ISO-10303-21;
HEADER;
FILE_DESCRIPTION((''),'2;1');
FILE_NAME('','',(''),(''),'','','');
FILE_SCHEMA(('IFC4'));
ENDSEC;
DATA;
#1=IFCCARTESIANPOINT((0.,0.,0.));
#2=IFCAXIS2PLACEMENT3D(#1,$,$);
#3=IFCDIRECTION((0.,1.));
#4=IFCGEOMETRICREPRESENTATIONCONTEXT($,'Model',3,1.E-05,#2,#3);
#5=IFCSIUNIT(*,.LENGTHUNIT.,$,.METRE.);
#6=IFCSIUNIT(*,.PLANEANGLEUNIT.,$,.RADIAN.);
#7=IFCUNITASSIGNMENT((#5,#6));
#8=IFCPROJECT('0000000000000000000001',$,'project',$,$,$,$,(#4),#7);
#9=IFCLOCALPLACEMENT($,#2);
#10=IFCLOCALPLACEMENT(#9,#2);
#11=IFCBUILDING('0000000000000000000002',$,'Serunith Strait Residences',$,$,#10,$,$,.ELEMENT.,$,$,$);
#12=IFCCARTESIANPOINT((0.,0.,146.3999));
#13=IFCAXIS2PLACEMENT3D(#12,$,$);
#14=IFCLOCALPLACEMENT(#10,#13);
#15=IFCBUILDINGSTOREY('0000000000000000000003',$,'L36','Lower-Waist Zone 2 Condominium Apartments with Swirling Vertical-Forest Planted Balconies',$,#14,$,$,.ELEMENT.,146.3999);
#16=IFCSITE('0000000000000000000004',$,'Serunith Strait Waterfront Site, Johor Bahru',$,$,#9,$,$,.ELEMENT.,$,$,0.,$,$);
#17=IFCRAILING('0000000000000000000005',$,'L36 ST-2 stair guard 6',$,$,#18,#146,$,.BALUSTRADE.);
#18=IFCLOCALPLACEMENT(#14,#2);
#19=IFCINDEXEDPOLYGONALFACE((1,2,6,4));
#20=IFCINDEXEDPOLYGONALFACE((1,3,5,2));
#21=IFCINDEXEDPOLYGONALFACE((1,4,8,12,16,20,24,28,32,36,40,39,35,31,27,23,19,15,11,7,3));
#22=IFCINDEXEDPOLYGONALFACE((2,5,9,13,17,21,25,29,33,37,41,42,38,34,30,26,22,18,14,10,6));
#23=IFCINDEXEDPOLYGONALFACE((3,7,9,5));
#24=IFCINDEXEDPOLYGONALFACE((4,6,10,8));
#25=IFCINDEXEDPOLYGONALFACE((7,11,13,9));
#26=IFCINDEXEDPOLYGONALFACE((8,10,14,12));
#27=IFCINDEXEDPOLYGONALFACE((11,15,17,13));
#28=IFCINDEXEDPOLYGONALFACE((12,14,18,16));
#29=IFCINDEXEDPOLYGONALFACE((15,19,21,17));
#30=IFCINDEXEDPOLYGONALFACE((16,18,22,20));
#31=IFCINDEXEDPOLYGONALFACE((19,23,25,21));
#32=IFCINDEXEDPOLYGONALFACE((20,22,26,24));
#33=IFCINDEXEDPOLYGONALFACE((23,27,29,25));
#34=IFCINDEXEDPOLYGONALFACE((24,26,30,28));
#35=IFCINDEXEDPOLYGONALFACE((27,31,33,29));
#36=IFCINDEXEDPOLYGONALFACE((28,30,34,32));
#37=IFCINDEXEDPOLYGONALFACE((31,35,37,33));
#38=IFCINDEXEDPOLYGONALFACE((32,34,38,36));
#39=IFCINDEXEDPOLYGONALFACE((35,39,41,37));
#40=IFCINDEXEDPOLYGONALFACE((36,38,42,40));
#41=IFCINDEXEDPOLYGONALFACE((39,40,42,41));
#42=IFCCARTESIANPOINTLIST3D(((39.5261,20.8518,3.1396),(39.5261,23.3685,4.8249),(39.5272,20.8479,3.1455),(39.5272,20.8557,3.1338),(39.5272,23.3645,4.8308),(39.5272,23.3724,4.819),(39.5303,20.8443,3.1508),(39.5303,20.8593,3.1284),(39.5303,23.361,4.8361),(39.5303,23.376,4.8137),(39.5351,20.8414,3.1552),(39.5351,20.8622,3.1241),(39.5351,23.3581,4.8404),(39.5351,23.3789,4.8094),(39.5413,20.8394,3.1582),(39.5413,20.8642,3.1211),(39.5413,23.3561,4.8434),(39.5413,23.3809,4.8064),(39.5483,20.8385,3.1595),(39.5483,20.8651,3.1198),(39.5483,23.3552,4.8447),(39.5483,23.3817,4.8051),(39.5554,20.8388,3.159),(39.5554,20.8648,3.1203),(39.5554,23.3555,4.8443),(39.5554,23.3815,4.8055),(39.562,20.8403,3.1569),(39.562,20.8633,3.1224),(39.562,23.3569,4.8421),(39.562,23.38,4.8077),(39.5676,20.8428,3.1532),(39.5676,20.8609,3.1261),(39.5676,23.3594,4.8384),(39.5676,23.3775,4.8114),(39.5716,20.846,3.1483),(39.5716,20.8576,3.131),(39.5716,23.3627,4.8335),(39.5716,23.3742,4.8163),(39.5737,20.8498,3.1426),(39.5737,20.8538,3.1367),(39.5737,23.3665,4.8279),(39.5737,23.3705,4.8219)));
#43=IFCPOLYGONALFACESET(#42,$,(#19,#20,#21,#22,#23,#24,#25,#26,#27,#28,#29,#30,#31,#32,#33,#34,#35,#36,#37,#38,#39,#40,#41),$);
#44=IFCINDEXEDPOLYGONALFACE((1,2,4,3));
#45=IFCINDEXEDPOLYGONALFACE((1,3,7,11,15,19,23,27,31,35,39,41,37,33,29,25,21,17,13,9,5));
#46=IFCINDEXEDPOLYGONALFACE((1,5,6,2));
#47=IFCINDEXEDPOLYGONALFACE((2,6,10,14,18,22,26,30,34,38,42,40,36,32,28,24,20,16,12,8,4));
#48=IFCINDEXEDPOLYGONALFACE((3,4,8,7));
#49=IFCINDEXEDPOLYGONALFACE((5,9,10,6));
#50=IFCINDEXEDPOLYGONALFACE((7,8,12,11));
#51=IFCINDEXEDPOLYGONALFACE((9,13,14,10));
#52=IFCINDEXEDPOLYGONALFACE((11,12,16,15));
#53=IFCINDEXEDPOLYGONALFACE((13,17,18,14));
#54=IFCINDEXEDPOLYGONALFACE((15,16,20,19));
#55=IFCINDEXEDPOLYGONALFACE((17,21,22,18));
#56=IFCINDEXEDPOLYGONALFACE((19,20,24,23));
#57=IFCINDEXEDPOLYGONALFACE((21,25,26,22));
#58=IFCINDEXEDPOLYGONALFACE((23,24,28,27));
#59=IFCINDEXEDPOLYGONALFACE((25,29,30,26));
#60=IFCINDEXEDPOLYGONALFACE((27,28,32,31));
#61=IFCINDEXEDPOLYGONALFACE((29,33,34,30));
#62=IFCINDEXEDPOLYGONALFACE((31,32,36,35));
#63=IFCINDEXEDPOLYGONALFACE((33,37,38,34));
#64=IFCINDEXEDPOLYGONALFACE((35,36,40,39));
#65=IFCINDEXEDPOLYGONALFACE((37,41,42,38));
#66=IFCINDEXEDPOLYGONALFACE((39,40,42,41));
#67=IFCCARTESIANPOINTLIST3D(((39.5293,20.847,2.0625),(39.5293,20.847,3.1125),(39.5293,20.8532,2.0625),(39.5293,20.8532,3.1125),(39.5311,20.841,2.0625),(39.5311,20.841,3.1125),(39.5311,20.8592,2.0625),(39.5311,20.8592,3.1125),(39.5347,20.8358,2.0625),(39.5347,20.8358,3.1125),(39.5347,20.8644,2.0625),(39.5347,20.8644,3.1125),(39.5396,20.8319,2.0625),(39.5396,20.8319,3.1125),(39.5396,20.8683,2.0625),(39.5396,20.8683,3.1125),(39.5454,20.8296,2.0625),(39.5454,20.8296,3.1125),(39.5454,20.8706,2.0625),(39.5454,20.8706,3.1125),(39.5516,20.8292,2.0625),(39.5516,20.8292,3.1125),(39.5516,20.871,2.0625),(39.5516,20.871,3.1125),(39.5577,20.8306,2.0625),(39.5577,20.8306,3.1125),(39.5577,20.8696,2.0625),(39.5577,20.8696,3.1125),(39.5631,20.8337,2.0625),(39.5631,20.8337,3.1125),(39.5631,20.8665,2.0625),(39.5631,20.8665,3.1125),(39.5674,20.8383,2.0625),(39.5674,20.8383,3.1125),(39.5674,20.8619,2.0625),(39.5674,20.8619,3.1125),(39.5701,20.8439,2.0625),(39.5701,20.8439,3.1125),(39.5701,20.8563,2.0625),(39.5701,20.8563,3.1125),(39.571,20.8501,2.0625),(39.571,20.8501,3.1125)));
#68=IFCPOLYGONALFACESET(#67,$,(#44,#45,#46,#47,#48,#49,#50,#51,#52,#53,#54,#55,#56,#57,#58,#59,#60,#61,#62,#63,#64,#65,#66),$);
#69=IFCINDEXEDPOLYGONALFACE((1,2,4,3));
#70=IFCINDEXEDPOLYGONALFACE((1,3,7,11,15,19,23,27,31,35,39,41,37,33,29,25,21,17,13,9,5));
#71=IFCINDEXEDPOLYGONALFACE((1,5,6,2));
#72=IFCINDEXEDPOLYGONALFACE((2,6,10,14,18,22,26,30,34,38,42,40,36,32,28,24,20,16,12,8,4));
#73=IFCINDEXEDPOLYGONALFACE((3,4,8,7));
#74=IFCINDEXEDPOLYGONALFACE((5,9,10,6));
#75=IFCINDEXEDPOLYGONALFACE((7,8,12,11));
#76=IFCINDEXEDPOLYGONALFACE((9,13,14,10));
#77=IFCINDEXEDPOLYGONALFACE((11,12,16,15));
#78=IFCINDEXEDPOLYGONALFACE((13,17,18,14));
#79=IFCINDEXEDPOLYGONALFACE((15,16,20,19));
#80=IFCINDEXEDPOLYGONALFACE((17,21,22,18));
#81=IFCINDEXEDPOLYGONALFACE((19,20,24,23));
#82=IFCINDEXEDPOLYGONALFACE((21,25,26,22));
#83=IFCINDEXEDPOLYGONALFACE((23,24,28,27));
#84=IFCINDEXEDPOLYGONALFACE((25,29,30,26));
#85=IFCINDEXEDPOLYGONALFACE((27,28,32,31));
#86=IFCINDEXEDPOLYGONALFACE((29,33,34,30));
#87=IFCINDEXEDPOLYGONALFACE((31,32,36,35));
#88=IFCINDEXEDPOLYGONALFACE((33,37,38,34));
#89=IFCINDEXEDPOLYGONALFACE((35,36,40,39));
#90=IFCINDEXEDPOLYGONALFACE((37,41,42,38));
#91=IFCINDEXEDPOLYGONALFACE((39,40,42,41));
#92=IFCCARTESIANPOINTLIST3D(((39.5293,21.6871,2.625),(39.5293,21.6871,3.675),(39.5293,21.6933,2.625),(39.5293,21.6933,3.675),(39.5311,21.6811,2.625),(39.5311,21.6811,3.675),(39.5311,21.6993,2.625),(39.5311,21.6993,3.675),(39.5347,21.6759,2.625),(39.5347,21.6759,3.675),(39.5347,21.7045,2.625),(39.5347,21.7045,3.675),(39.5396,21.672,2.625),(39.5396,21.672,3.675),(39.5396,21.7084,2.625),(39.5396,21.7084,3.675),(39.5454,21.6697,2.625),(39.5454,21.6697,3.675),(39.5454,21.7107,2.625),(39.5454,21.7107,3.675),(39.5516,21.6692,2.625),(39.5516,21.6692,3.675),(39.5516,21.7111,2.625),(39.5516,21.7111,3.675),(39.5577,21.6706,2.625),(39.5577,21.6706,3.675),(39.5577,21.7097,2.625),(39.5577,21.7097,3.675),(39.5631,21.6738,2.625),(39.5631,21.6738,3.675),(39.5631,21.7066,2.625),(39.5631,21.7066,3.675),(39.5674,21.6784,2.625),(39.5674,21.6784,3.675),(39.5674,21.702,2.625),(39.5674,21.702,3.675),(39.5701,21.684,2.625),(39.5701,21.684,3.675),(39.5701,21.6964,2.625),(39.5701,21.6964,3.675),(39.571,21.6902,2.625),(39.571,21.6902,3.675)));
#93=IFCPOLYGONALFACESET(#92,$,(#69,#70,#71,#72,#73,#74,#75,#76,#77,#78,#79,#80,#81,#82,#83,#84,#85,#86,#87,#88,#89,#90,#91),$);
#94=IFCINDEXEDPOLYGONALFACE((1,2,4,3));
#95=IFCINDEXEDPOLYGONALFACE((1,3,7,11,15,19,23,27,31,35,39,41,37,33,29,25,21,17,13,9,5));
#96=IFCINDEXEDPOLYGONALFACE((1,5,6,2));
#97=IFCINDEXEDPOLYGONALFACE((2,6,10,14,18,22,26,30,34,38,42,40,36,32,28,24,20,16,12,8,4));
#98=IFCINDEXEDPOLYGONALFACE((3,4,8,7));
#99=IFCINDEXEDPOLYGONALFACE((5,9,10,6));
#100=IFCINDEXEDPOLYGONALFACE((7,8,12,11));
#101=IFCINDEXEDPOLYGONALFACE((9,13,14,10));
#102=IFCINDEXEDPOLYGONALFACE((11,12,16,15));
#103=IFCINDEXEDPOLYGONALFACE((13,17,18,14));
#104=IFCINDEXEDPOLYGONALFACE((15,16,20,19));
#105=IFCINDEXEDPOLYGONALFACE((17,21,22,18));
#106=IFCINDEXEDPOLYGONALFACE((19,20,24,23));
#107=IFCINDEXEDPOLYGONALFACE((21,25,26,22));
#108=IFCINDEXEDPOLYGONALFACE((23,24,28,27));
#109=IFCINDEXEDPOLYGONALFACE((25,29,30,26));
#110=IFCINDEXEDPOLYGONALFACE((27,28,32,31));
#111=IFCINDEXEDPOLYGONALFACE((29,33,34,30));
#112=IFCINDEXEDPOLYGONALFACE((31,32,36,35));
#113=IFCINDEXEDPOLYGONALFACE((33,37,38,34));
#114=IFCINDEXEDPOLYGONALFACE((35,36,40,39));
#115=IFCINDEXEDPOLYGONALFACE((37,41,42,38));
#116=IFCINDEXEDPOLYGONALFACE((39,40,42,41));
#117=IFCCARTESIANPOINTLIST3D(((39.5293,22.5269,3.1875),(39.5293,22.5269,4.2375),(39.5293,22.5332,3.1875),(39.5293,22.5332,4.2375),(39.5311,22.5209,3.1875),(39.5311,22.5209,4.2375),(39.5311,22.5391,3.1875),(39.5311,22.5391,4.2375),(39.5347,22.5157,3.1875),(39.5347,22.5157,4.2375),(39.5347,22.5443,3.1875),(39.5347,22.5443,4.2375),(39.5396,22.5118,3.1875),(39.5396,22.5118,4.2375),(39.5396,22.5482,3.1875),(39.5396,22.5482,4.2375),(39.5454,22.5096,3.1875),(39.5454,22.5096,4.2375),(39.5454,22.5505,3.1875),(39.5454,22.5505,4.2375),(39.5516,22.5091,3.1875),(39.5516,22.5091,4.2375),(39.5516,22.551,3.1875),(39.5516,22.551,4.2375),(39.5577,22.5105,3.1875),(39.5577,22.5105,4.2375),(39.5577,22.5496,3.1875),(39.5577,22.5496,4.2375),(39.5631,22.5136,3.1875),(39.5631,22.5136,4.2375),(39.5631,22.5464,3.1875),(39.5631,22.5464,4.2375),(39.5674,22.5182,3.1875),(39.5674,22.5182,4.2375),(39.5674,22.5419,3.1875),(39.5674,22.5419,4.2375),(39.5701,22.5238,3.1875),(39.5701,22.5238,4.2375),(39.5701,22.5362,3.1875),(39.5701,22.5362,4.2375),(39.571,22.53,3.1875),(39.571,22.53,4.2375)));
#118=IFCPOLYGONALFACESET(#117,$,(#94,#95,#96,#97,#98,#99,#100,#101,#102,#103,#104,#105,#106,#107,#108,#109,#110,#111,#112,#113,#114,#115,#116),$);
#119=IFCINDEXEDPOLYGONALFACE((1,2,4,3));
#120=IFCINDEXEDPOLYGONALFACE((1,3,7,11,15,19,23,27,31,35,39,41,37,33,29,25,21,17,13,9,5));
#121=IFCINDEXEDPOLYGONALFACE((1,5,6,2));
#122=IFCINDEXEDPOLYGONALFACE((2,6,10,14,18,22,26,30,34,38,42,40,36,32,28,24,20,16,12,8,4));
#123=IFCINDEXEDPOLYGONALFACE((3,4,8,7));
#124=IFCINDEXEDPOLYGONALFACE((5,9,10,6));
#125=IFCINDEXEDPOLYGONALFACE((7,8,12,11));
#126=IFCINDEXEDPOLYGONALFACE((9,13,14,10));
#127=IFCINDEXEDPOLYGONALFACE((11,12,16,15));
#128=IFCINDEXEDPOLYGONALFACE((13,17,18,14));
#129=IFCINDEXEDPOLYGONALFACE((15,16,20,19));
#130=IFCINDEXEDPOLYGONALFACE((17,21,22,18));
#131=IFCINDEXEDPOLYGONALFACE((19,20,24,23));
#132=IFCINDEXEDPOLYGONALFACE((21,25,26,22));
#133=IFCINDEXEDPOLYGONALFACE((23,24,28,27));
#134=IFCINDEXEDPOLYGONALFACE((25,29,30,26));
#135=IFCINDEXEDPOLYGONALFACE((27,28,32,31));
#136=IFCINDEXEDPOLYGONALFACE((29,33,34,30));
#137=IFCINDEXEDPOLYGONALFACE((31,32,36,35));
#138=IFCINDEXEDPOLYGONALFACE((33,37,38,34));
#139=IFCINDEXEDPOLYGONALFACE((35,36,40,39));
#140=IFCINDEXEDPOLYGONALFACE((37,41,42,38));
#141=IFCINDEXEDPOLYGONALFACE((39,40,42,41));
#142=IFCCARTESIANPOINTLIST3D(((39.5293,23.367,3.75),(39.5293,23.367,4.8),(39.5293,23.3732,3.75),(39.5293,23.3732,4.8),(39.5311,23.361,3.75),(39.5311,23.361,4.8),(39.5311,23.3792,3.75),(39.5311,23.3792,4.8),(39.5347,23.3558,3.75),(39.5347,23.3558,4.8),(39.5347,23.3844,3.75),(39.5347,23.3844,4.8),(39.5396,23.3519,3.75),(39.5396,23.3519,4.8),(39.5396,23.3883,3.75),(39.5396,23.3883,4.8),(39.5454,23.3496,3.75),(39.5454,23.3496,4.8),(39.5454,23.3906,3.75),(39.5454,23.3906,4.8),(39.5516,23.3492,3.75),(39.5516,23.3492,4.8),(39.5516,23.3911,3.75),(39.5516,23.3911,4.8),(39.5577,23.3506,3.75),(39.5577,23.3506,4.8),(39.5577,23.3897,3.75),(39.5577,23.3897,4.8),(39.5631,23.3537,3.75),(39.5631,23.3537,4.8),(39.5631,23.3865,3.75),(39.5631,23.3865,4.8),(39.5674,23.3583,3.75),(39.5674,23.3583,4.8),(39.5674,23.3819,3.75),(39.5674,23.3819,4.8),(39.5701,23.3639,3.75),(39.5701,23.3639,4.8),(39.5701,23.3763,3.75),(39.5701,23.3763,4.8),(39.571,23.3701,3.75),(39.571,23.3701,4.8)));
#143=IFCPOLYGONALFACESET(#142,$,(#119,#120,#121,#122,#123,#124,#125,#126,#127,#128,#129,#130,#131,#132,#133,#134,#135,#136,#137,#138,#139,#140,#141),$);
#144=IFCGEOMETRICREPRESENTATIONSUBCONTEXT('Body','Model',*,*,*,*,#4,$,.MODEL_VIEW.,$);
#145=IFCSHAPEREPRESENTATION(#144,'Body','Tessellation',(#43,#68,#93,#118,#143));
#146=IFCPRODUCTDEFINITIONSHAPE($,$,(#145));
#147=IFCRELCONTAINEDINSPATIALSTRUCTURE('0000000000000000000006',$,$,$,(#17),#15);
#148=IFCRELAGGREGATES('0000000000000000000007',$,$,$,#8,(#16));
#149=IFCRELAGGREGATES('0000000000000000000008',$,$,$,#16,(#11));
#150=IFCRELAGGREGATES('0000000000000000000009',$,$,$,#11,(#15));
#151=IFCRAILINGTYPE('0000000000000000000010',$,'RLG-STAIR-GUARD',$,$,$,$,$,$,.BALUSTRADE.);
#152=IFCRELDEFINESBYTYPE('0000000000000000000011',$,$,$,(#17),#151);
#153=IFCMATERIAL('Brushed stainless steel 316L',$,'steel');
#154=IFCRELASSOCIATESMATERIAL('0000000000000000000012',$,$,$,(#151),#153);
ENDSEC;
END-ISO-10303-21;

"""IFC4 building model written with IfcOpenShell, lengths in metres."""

from ifc_helpers import new_model, si_unit, direction, frame, origin, origin_2d, place, context, subcontext, project, spatial, circle, extrude, material, type_object, element, save


model = new_model("IFC4")

# Units and contexts
model_context = context("Model", 3, precision=1e-05, world=origin(), true_north=direction((0.0, 1.0)))
body_context = subcontext(model_context, "Body", "Model", "MODEL_VIEW")
ifc_project = project(units=[si_unit("LENGTHUNIT", "METRE"), si_unit("PLANEANGLEUNIT", "RADIAN")], contexts=[model_context])

# Site, building, storey
site_placement = place(None, origin())
site = spatial("IfcSite", under=ifc_project, at=site_placement, Name="Serunith Strait Waterfront Site, Johor Bahru", CompositionType="ELEMENT", RefElevation=0.0)
building_placement = place(site_placement, origin())
building = spatial("IfcBuilding", under=site, at=building_placement, Name="Serunith Strait Residences", CompositionType="ELEMENT")
storey_placement = place(building_placement, frame((0.0, 0.0, 146.3999)))
storey = spatial("IfcBuildingStorey", under=building, at=storey_placement, Name="L36", Description="Lower-Waist Zone 2 Condominium Apartments with Swirling Vertical-Forest Planted Balconies", CompositionType="ELEMENT", Elevation=146.3999)

# Railing
ifc_material_1 = material(Name="Brushed stainless steel 316L", Category="steel")
railing_type_1 = type_object("IfcRailingType", Name="RLG-STAIR-GUARD", PredefinedType="BALUSTRADE", material=ifc_material_1)
railing_1_placement = place(storey_placement, frame((39.55, 20.8501, 2.0625)))
element("IfcRailing", 1, at=railing_1_placement, inside=storey, type_object=railing_type_1, Name="L36 ST-2 stair guard 6", PredefinedType="BALUSTRADE", context=body_context, shape_type="SweptSolid", body=[
    extrude(circle(Radius=0.0239, at=origin_2d()), frame((0.0, 0.0017, 1.0771), z_axis=(0.0, 0.830909, 0.556408), x_axis=(-1.0, 0.0, 0.0)), (0.0, 0.0, 1.0), 3.0288),
    extrude(circle(Radius=0.021, at=origin_2d()), origin(), (0.0, 0.0, 1.0), 1.05),
    extrude(circle(Radius=0.021, at=origin_2d()), frame((0.0, 0.8401, 0.5625)), (0.0, 0.0, 1.0), 1.05),
    extrude(circle(Radius=0.021, at=origin_2d()), frame((0.0, 1.6799, 1.125)), (0.0, 0.0, 1.0), 1.05),
    extrude(circle(Radius=0.021, at=origin_2d()), frame((0.0, 2.52, 1.6875)), (0.0, 0.0, 1.0), 1.05),
])

save(model, "model.ifc")
